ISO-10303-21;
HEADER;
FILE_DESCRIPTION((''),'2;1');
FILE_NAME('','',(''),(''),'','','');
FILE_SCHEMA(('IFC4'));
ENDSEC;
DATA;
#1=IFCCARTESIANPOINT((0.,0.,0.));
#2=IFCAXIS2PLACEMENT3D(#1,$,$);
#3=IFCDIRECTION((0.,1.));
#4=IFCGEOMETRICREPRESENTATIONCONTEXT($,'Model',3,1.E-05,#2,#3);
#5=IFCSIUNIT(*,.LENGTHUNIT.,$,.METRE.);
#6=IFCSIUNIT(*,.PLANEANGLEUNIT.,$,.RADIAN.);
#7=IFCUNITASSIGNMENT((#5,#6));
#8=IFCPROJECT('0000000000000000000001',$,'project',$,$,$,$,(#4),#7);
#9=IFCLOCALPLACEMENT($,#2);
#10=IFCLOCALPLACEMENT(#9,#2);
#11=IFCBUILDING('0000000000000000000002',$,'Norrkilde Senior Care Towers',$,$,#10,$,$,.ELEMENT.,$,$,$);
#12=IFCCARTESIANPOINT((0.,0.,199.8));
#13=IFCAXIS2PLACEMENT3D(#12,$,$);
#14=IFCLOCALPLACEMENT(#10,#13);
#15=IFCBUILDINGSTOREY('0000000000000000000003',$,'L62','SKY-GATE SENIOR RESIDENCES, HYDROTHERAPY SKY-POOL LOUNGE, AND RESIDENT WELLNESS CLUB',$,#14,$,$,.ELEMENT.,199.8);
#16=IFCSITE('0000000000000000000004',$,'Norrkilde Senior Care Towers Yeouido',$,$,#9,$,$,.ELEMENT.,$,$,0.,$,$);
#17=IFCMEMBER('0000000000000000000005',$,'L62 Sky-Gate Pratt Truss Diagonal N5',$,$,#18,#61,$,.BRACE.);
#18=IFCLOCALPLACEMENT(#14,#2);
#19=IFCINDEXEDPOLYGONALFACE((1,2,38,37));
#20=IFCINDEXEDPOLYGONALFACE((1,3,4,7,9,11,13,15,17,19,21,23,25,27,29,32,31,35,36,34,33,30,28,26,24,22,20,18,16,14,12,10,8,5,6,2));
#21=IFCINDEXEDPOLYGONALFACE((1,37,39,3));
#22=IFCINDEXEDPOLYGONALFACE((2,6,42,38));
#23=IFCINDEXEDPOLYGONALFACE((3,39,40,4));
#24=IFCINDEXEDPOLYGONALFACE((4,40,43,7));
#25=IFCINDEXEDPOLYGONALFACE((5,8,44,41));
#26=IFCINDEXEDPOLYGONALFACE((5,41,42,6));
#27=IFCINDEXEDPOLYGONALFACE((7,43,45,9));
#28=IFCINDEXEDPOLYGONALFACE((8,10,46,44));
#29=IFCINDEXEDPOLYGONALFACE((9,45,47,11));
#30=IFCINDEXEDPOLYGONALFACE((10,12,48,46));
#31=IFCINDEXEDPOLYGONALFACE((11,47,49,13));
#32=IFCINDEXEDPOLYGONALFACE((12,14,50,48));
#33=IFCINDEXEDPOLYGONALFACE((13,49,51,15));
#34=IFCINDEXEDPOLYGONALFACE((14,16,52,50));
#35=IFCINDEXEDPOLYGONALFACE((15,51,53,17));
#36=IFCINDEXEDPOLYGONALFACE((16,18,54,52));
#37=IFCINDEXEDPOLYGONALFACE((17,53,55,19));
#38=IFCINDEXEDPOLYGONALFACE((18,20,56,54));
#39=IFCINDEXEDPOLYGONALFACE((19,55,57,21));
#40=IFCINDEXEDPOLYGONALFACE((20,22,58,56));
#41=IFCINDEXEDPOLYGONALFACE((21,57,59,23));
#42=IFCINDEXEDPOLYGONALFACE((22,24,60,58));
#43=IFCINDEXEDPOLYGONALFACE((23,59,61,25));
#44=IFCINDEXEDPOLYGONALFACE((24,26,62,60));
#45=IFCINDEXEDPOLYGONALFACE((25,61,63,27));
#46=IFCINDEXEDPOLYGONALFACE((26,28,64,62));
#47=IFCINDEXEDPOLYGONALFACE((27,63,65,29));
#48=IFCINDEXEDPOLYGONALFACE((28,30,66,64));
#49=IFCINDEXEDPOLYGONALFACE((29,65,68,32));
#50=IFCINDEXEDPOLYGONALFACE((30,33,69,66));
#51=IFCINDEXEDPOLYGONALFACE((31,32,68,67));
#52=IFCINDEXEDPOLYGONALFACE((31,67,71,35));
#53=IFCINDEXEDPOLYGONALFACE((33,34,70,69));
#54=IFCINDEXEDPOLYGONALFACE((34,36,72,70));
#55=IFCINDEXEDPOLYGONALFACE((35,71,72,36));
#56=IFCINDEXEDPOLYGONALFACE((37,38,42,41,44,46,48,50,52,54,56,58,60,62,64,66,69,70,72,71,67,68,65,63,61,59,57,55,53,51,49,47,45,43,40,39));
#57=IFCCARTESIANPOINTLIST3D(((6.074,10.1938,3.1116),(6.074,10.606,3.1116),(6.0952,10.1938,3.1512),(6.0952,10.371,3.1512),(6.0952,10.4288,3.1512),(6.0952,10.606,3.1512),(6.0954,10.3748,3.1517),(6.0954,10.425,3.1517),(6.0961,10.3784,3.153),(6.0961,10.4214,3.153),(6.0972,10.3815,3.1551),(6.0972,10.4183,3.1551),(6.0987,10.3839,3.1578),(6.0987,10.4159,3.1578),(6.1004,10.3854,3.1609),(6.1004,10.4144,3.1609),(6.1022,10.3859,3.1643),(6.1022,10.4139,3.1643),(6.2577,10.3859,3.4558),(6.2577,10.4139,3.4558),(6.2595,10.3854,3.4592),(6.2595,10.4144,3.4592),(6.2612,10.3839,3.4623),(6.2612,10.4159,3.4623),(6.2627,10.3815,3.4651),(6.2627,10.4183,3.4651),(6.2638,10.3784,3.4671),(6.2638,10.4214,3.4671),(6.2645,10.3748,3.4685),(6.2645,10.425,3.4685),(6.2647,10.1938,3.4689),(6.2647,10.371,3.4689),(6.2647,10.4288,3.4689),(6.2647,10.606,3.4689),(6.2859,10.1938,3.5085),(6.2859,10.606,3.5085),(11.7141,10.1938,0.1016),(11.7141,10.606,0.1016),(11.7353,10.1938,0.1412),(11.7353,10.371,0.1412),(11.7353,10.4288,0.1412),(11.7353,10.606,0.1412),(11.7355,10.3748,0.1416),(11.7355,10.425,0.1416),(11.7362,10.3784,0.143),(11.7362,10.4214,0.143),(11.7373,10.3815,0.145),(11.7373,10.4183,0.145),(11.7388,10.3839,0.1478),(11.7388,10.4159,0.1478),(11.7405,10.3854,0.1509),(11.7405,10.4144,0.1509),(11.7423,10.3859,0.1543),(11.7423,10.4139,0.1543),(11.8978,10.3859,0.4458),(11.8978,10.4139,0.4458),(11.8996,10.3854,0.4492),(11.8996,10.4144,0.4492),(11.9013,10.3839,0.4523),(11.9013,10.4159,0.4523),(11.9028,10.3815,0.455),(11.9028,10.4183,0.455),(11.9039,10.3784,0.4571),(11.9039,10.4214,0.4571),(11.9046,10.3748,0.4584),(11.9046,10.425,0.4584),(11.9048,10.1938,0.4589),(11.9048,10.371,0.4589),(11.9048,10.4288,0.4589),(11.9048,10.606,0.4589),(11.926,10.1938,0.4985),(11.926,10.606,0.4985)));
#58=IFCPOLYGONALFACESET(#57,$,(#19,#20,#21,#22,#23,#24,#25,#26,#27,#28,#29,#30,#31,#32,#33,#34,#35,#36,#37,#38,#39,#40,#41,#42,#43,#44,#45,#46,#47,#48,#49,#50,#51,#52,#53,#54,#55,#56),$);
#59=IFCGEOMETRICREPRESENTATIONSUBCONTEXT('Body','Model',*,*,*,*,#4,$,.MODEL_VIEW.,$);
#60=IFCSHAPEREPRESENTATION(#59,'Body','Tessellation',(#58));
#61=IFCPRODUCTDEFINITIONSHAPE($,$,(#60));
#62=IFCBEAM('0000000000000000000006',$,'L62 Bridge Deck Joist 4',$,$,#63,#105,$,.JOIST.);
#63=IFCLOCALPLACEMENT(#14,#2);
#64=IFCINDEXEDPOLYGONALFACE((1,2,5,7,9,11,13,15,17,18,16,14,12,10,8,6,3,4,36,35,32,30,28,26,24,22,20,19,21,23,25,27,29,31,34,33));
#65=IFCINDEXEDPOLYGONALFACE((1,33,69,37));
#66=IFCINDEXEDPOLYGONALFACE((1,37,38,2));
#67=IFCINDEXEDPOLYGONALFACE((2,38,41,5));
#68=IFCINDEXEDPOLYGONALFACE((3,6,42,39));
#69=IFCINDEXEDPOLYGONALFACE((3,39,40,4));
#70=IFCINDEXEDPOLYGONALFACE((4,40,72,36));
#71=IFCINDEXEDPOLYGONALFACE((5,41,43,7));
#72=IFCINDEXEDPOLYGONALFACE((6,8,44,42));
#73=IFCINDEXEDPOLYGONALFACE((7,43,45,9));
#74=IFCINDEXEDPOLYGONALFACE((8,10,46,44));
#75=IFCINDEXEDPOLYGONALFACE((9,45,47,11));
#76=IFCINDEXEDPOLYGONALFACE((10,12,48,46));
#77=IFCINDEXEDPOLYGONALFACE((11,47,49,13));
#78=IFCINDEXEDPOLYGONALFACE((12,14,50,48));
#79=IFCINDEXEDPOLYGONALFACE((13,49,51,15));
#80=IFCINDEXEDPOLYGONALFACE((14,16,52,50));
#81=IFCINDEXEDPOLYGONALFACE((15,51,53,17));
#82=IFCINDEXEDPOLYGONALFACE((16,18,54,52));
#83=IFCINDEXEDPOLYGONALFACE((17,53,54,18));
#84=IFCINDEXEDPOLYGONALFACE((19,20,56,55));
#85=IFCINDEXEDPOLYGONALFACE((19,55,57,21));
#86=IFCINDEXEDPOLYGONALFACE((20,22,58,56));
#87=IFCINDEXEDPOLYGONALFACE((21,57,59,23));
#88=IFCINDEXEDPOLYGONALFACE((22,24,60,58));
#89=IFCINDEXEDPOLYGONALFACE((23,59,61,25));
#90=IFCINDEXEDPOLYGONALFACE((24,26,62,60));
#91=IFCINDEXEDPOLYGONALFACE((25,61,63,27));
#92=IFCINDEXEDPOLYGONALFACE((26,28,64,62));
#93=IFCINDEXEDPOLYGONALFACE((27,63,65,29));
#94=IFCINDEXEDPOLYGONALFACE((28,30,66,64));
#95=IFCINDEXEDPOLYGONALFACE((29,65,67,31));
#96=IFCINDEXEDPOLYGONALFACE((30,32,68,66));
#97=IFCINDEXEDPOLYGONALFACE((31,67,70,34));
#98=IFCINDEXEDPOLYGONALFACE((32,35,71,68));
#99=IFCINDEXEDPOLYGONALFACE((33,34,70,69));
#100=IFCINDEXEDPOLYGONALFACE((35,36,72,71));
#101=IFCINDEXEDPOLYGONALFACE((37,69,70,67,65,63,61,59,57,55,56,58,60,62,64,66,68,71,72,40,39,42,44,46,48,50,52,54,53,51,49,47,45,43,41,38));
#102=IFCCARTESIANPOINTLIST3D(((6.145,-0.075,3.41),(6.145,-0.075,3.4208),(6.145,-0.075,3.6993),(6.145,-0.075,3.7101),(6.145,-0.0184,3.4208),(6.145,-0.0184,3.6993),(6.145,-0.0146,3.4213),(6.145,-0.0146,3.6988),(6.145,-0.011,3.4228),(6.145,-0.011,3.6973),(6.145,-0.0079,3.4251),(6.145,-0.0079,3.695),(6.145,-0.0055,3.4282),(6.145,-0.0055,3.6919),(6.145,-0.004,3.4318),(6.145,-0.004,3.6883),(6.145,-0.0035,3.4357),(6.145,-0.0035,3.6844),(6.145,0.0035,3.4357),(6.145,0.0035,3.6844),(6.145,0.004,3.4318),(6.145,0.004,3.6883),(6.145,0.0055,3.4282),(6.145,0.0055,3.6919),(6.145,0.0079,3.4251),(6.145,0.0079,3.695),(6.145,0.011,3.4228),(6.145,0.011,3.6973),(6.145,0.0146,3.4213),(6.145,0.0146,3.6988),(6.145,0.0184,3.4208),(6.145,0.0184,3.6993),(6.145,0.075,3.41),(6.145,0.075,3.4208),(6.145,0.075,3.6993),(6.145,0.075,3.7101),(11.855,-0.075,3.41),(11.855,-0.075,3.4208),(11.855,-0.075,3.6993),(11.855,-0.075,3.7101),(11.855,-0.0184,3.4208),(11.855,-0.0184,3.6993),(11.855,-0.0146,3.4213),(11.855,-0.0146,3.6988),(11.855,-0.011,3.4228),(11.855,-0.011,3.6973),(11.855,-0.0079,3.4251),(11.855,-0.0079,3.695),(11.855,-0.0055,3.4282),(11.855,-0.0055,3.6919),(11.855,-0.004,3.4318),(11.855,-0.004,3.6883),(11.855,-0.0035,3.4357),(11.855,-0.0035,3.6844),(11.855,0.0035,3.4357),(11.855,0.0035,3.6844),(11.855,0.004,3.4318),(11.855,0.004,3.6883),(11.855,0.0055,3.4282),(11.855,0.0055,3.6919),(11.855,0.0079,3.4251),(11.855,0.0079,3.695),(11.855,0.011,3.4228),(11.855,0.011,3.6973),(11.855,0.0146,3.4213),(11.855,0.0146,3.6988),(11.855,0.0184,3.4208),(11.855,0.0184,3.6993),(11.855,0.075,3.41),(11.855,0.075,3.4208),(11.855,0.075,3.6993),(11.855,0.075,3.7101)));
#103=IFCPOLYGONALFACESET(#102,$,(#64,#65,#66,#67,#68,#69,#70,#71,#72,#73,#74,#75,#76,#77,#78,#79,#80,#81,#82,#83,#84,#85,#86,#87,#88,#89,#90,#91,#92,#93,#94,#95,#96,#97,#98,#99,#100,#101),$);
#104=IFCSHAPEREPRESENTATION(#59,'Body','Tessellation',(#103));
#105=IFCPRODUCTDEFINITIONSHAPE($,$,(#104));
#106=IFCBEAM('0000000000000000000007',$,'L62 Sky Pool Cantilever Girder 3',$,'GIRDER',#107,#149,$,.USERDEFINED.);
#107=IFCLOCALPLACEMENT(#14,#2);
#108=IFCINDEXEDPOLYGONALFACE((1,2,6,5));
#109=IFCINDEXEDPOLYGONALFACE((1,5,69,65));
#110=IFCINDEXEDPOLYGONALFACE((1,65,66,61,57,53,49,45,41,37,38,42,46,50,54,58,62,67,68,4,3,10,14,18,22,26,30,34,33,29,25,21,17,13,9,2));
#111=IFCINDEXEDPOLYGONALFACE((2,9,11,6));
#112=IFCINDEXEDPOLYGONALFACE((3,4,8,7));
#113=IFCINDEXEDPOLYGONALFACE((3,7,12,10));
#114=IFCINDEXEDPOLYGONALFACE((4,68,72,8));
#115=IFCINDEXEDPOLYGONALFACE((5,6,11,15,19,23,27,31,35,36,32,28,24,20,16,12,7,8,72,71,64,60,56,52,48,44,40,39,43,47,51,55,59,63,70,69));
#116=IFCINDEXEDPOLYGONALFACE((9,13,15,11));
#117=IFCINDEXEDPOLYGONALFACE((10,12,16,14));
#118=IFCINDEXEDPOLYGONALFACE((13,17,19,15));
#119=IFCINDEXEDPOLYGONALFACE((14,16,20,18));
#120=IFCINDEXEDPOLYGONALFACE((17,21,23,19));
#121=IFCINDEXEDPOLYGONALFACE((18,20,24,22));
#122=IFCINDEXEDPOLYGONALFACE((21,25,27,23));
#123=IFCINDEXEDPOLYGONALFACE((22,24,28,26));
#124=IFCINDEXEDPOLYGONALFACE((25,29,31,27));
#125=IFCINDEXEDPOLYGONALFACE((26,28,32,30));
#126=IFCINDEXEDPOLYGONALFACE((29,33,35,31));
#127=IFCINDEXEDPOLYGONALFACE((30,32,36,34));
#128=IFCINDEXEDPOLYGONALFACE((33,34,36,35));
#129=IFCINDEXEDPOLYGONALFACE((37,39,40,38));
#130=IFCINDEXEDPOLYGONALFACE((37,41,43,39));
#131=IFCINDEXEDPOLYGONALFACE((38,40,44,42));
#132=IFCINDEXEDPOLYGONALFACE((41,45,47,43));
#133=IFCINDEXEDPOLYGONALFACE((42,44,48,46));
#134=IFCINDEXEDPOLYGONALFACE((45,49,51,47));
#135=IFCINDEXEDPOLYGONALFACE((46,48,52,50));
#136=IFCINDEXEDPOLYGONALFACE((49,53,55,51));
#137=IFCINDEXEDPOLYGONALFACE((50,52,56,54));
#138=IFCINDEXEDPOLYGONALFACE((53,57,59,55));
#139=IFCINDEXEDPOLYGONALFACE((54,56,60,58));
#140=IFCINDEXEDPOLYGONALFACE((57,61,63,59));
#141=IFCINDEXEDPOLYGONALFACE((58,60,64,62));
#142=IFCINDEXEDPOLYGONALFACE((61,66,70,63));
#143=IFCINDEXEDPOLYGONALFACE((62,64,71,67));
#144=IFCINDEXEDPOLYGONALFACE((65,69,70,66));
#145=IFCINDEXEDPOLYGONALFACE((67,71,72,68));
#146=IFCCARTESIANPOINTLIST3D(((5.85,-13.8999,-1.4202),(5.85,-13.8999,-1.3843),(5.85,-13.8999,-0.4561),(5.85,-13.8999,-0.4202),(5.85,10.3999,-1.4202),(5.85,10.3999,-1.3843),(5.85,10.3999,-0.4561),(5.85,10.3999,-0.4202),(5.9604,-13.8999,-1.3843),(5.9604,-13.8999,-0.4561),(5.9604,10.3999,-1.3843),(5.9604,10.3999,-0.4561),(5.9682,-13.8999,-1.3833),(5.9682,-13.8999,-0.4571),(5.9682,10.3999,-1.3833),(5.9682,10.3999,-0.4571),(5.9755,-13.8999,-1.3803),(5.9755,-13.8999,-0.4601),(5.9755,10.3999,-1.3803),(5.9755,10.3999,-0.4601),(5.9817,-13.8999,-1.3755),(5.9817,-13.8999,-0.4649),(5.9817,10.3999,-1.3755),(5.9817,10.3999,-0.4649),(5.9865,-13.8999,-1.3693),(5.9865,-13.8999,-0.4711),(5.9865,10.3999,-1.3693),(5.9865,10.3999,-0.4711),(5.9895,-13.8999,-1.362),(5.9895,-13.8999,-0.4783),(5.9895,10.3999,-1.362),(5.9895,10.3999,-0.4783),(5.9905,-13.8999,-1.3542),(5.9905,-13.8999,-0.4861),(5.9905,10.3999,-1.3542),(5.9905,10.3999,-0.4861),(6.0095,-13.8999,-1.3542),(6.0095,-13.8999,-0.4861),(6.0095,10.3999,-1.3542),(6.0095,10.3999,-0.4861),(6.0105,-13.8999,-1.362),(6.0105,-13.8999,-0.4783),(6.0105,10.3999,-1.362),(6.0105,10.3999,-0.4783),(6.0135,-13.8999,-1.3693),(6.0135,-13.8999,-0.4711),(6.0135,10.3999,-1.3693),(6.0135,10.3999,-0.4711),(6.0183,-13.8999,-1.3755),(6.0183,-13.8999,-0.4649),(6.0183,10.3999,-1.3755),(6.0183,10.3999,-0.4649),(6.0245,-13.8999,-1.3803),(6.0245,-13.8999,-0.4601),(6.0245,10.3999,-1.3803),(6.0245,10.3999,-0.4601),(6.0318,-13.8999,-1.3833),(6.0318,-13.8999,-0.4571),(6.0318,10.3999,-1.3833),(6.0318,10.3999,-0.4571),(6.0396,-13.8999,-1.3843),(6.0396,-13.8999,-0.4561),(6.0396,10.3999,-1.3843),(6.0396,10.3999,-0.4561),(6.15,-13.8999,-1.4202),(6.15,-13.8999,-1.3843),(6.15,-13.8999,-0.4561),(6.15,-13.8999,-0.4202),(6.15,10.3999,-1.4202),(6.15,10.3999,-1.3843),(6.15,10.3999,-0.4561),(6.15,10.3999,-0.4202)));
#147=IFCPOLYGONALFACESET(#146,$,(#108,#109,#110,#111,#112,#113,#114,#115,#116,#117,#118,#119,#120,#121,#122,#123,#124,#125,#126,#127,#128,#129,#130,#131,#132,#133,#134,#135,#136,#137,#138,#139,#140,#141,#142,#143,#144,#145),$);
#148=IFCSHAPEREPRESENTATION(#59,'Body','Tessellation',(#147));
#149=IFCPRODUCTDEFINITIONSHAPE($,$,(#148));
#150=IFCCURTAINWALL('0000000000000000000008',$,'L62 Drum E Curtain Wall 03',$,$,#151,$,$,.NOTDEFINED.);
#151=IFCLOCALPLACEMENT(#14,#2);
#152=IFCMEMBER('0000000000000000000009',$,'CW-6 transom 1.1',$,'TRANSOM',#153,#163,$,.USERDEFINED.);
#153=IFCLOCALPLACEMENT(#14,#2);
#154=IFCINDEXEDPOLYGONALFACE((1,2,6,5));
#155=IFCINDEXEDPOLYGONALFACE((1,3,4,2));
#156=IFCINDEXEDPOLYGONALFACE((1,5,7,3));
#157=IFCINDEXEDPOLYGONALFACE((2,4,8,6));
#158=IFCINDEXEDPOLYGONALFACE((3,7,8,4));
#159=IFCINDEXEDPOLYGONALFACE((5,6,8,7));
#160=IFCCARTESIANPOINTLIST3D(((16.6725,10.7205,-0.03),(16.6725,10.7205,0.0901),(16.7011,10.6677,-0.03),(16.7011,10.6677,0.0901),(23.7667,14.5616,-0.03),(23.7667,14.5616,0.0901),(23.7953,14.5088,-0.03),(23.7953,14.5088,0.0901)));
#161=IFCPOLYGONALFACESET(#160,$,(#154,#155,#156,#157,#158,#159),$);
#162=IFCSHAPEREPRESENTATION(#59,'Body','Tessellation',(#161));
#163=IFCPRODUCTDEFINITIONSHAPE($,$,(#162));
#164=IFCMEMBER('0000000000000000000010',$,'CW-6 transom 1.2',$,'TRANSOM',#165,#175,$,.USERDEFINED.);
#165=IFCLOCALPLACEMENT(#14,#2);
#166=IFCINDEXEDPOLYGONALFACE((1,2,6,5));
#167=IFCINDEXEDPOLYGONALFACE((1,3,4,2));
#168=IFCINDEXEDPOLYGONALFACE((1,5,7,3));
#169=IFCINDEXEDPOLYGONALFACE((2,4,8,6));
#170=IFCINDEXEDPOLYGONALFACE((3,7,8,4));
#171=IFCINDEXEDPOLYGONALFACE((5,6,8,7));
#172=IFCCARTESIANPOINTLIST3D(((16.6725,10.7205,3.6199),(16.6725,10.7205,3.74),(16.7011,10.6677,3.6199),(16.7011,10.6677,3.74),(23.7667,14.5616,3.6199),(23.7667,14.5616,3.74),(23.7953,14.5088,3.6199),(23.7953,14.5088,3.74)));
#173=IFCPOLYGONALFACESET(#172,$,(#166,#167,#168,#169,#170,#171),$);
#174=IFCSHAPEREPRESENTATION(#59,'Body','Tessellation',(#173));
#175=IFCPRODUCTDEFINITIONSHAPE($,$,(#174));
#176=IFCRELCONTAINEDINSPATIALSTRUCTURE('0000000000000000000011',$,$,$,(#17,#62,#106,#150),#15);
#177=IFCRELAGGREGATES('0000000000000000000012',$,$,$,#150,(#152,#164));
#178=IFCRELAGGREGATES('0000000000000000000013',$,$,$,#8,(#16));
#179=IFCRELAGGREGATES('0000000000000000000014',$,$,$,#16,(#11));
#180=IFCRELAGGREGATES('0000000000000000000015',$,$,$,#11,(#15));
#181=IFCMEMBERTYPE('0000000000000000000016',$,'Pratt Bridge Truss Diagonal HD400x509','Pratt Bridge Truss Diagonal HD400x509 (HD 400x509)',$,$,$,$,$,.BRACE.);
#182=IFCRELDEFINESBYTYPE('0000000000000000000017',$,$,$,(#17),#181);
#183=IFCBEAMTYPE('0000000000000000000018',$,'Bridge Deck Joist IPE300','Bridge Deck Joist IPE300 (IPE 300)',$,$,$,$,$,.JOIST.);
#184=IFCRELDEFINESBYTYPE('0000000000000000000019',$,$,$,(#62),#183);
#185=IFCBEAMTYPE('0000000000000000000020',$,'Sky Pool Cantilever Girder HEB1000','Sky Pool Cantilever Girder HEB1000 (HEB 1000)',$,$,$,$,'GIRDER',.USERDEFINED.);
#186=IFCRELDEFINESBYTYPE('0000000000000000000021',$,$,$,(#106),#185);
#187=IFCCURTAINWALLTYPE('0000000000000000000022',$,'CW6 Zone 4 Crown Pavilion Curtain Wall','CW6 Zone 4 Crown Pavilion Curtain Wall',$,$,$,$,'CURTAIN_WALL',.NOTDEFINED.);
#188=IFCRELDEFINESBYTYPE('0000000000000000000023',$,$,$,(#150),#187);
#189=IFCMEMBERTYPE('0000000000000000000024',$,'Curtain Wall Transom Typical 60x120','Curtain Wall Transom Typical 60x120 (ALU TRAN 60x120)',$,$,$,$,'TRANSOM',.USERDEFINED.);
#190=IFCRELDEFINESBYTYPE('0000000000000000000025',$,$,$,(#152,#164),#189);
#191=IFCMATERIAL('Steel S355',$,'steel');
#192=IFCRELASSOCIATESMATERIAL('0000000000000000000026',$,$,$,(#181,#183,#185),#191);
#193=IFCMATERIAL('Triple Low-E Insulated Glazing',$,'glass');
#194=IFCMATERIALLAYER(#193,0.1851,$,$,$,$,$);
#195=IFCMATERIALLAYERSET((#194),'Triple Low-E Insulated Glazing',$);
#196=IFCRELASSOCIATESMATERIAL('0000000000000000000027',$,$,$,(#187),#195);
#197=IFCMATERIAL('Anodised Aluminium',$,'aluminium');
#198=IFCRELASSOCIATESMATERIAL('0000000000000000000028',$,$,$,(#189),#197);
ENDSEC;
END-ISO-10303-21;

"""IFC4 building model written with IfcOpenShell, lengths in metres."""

from ifc_helpers import new_model, si_unit, direction, frame, origin, origin_2d, place, context, subcontext, project, spatial, rectangle, i_section, extrude, source, transform, mapped, material, layer, layer_set, material_profile, profile_set, type_object, type_shapes, element, aggregate, save


model = new_model("IFC4")

# Units and contexts
model_context = context("Model", 3, precision=1e-05, world=origin(), true_north=direction((0.0, 1.0)))
body_context = subcontext(model_context, "Body", "Model", "MODEL_VIEW")
ifc_project = project(units=[si_unit("LENGTHUNIT", "METRE"), si_unit("PLANEANGLEUNIT", "RADIAN")], contexts=[model_context])

# Site, building, storey
site_placement = place(None, origin())
site = spatial("IfcSite", under=ifc_project, at=site_placement, Name="Norrkilde Senior Care Towers Yeouido", CompositionType="ELEMENT", RefElevation=0.0)
building_placement = place(site_placement, origin())
building = spatial("IfcBuilding", under=site, at=building_placement, Name="Norrkilde Senior Care Towers", CompositionType="ELEMENT")
storey_placement = place(building_placement, frame((0.0, 0.0, 199.8)))
storey = spatial("IfcBuildingStorey", under=building, at=storey_placement, Name="L62", Description="SKY-GATE SENIOR RESIDENCES, HYDROTHERAPY SKY-POOL LOUNGE, AND RESIDENT WELLNESS CLUB", CompositionType="ELEMENT", Elevation=199.8)

# Shared definitions
ifc_material_1 = material(Name="Steel S355", Category="steel")

# Member
ifc_material_profile_1 = material_profile(ifc_material_1, i_section(OverallWidth=0.4121, OverallDepth=0.45, WebThickness=0.0281, FlangeThickness=0.0449, FilletRadius=0.0149, at=origin_2d()), Name="HD 400x509")
ifc_profile_set_1 = profile_set([ifc_material_profile_1], Name="Steel S355")
member_type_1 = type_object("IfcMemberType", Name="Pratt Bridge Truss Diagonal HD400x509", Description="Pratt Bridge Truss Diagonal HD400x509 (HD 400x509)", PredefinedType="BRACE", material=ifc_profile_set_1)
shared_shape_1 = source(origin(), body_context, "Body", "SweptSolid", [
    extrude(i_section(OverallWidth=0.4121, OverallDepth=0.45, WebThickness=0.0281, FlangeThickness=0.0449, FilletRadius=0.0149, at=origin_2d()), origin(), (0.0, 0.0, 1.0), 6.3931),
])
type_shapes(member_type_1, [shared_shape_1])
for number, where, z_axis, x_axis, name in (
    (1, (11.8201, 10.3999, 0.3), (-0.882227, 0.0, 0.470824), (0.0, -1.0, 0.0), "L62 Sky-Gate Pratt Truss Diagonal N5"),
):
    element("IfcMember", number, at=place(storey_placement, frame(where, z_axis=z_axis, x_axis=x_axis)), inside=storey, type_object=member_type_1, Name=name, PredefinedType="BRACE", context=body_context, shape_type="MappedRepresentation", body=[
        mapped(shared_shape_1, transform((0.0, 0.0, 0.0), x_axis=(1.0, 0.0, 0.0), y_axis=(0.0, 1.0, 0.0), z_axis=(0.0, 0.0, 1.0), scale=1.0)),
    ])

# Beams
ifc_material_profile_2 = material_profile(ifc_material_1, i_section(OverallWidth=0.1499, OverallDepth=0.3, WebThickness=0.0071, FlangeThickness=0.0107, FilletRadius=0.0149, at=origin_2d()), Name="IPE 300")
ifc_profile_set_2 = profile_set([ifc_material_profile_2], Name="Steel S355")
beam_type_1 = type_object("IfcBeamType", Name="Bridge Deck Joist IPE300", Description="Bridge Deck Joist IPE300 (IPE 300)", PredefinedType="JOIST", material=ifc_profile_set_2)
shared_shape_2 = source(origin(), body_context, "Body", "SweptSolid", [
    extrude(i_section(OverallWidth=0.1499, OverallDepth=0.3, WebThickness=0.0071, FlangeThickness=0.0107, FilletRadius=0.0149, at=origin_2d()), origin(), (0.0, 0.0, 1.0), 5.71),
])
type_shapes(beam_type_1, [shared_shape_2])
beam_1_placement = place(storey_placement, frame((6.145, 0.0, 3.5601), z_axis=(1.0, 0.0, 0.0), x_axis=(0.0, 1.0, 0.0)))
element("IfcBeam", 2, at=beam_1_placement, inside=storey, type_object=beam_type_1, Name="L62 Bridge Deck Joist 4", PredefinedType="JOIST", context=body_context, shape_type="MappedRepresentation", body=[
    mapped(shared_shape_2, transform((0.0, 0.0, 0.0), x_axis=(1.0, 0.0, 0.0), y_axis=(0.0, 1.0, 0.0), z_axis=(0.0, 0.0, 1.0), scale=1.0)),
])
ifc_material_profile_3 = material_profile(ifc_material_1, i_section(OverallWidth=0.3, OverallDepth=1.0, WebThickness=0.019, FlangeThickness=0.0359, FilletRadius=0.03, at=origin_2d()), Name="HEB 1000")
ifc_profile_set_3 = profile_set([ifc_material_profile_3], Name="Steel S355")
beam_type_2 = type_object("IfcBeamType", Name="Sky Pool Cantilever Girder HEB1000", Description="Sky Pool Cantilever Girder HEB1000 (HEB 1000)", ElementType="GIRDER", PredefinedType="USERDEFINED", material=ifc_profile_set_3)
shared_shape_3 = source(origin(), body_context, "Body", "SweptSolid", [
    extrude(i_section(OverallWidth=0.3, OverallDepth=1.0, WebThickness=0.019, FlangeThickness=0.0359, FilletRadius=0.03, at=origin_2d()), origin(), (0.0, 0.0, 1.0), 24.2998),
])
type_shapes(beam_type_2, [shared_shape_3])
beam_2_placement = place(storey_placement, frame((6.0, 10.3999, -0.9202), z_axis=(0.0, -1.0, 0.0), x_axis=(1.0, 0.0, 0.0)))
element("IfcBeam", 3, at=beam_2_placement, inside=storey, type_object=beam_type_2, Name="L62 Sky Pool Cantilever Girder 3", ObjectType="GIRDER", PredefinedType="USERDEFINED", context=body_context, shape_type="MappedRepresentation", body=[
    mapped(shared_shape_3, transform((0.0, 0.0, 0.0), x_axis=(1.0, 0.0, 0.0), y_axis=(0.0, 1.0, 0.0), z_axis=(0.0, 0.0, 1.0), scale=1.0)),
])

# Curtain wall, members
ifc_material_2 = material(Name="Triple Low-E Insulated Glazing", Category="glass")
ifc_layer_1 = layer(ifc_material_2, 0.1851)
ifc_layer_set_1 = layer_set([ifc_layer_1], Name="Triple Low-E Insulated Glazing")
curtain_wall_type_1 = type_object("IfcCurtainWallType", Name="CW6 Zone 4 Crown Pavilion Curtain Wall", Description="CW6 Zone 4 Crown Pavilion Curtain Wall", ElementType="CURTAIN_WALL", PredefinedType="NOTDEFINED", material=ifc_layer_set_1)
curtain_wall_1_placement = place(storey_placement, origin())
curtain_wall_1 = element("IfcCurtainWall", 4, at=curtain_wall_1_placement, inside=storey, type_object=curtain_wall_type_1, Name="L62 Drum E Curtain Wall 03", PredefinedType="NOTDEFINED")
ifc_material_3 = material(Name="Anodised Aluminium", Category="aluminium")
ifc_material_profile_4 = material_profile(ifc_material_3, rectangle(XDim=0.0601, YDim=0.1201, at=origin_2d()), Name="ALU TRAN 60x120")
ifc_profile_set_4 = profile_set([ifc_material_profile_4], Name="Anodised Aluminium")
member_type_2 = type_object("IfcMemberType", Name="Curtain Wall Transom Typical 60x120", Description="Curtain Wall Transom Typical 60x120 (ALU TRAN 60x120)", ElementType="TRANSOM", PredefinedType="USERDEFINED", material=ifc_profile_set_4)
shared_shape_4 = source(origin(), body_context, "Body", "SweptSolid", [
    extrude(rectangle(XDim=0.0601, YDim=0.1201, at=origin_2d()), origin(), (0.0, 0.0, 1.0), 8.0674),
])
type_shapes(member_type_2, [shared_shape_4])
member_1_placement = place(storey_placement, frame((16.6868, 10.6941, 0.03), z_axis=(0.879378, 0.476125, 0.0), x_axis=(-0.476125, 0.879378, 0.0)))
member_1 = element("IfcMember", 5, at=member_1_placement, type_object=member_type_2, Name="CW-6 transom 1.1", ObjectType="TRANSOM", PredefinedType="USERDEFINED", context=body_context, shape_type="MappedRepresentation", body=[
    mapped(shared_shape_4, transform((0.0, 0.0, 0.0), x_axis=(1.0, 0.0, 0.0), y_axis=(0.0, 1.0, 0.0), z_axis=(0.0, 0.0, 1.0), scale=1.0)),
])
member_2_placement = place(storey_placement, frame((16.6868, 10.6941, 3.6799), z_axis=(0.879378, 0.476125, 0.0), x_axis=(-0.476125, 0.879378, 0.0)))
member_2 = element("IfcMember", 6, at=member_2_placement, type_object=member_type_2, Name="CW-6 transom 1.2", ObjectType="TRANSOM", PredefinedType="USERDEFINED", context=body_context, shape_type="MappedRepresentation", body=[
    mapped(shared_shape_4, transform((0.0, 0.0, 0.0), x_axis=(1.0, 0.0, 0.0), y_axis=(0.0, 1.0, 0.0), z_axis=(0.0, 0.0, 1.0), scale=1.0)),
])
aggregate(curtain_wall_1, [member_1, member_2])

save(model, "model.ifc")
